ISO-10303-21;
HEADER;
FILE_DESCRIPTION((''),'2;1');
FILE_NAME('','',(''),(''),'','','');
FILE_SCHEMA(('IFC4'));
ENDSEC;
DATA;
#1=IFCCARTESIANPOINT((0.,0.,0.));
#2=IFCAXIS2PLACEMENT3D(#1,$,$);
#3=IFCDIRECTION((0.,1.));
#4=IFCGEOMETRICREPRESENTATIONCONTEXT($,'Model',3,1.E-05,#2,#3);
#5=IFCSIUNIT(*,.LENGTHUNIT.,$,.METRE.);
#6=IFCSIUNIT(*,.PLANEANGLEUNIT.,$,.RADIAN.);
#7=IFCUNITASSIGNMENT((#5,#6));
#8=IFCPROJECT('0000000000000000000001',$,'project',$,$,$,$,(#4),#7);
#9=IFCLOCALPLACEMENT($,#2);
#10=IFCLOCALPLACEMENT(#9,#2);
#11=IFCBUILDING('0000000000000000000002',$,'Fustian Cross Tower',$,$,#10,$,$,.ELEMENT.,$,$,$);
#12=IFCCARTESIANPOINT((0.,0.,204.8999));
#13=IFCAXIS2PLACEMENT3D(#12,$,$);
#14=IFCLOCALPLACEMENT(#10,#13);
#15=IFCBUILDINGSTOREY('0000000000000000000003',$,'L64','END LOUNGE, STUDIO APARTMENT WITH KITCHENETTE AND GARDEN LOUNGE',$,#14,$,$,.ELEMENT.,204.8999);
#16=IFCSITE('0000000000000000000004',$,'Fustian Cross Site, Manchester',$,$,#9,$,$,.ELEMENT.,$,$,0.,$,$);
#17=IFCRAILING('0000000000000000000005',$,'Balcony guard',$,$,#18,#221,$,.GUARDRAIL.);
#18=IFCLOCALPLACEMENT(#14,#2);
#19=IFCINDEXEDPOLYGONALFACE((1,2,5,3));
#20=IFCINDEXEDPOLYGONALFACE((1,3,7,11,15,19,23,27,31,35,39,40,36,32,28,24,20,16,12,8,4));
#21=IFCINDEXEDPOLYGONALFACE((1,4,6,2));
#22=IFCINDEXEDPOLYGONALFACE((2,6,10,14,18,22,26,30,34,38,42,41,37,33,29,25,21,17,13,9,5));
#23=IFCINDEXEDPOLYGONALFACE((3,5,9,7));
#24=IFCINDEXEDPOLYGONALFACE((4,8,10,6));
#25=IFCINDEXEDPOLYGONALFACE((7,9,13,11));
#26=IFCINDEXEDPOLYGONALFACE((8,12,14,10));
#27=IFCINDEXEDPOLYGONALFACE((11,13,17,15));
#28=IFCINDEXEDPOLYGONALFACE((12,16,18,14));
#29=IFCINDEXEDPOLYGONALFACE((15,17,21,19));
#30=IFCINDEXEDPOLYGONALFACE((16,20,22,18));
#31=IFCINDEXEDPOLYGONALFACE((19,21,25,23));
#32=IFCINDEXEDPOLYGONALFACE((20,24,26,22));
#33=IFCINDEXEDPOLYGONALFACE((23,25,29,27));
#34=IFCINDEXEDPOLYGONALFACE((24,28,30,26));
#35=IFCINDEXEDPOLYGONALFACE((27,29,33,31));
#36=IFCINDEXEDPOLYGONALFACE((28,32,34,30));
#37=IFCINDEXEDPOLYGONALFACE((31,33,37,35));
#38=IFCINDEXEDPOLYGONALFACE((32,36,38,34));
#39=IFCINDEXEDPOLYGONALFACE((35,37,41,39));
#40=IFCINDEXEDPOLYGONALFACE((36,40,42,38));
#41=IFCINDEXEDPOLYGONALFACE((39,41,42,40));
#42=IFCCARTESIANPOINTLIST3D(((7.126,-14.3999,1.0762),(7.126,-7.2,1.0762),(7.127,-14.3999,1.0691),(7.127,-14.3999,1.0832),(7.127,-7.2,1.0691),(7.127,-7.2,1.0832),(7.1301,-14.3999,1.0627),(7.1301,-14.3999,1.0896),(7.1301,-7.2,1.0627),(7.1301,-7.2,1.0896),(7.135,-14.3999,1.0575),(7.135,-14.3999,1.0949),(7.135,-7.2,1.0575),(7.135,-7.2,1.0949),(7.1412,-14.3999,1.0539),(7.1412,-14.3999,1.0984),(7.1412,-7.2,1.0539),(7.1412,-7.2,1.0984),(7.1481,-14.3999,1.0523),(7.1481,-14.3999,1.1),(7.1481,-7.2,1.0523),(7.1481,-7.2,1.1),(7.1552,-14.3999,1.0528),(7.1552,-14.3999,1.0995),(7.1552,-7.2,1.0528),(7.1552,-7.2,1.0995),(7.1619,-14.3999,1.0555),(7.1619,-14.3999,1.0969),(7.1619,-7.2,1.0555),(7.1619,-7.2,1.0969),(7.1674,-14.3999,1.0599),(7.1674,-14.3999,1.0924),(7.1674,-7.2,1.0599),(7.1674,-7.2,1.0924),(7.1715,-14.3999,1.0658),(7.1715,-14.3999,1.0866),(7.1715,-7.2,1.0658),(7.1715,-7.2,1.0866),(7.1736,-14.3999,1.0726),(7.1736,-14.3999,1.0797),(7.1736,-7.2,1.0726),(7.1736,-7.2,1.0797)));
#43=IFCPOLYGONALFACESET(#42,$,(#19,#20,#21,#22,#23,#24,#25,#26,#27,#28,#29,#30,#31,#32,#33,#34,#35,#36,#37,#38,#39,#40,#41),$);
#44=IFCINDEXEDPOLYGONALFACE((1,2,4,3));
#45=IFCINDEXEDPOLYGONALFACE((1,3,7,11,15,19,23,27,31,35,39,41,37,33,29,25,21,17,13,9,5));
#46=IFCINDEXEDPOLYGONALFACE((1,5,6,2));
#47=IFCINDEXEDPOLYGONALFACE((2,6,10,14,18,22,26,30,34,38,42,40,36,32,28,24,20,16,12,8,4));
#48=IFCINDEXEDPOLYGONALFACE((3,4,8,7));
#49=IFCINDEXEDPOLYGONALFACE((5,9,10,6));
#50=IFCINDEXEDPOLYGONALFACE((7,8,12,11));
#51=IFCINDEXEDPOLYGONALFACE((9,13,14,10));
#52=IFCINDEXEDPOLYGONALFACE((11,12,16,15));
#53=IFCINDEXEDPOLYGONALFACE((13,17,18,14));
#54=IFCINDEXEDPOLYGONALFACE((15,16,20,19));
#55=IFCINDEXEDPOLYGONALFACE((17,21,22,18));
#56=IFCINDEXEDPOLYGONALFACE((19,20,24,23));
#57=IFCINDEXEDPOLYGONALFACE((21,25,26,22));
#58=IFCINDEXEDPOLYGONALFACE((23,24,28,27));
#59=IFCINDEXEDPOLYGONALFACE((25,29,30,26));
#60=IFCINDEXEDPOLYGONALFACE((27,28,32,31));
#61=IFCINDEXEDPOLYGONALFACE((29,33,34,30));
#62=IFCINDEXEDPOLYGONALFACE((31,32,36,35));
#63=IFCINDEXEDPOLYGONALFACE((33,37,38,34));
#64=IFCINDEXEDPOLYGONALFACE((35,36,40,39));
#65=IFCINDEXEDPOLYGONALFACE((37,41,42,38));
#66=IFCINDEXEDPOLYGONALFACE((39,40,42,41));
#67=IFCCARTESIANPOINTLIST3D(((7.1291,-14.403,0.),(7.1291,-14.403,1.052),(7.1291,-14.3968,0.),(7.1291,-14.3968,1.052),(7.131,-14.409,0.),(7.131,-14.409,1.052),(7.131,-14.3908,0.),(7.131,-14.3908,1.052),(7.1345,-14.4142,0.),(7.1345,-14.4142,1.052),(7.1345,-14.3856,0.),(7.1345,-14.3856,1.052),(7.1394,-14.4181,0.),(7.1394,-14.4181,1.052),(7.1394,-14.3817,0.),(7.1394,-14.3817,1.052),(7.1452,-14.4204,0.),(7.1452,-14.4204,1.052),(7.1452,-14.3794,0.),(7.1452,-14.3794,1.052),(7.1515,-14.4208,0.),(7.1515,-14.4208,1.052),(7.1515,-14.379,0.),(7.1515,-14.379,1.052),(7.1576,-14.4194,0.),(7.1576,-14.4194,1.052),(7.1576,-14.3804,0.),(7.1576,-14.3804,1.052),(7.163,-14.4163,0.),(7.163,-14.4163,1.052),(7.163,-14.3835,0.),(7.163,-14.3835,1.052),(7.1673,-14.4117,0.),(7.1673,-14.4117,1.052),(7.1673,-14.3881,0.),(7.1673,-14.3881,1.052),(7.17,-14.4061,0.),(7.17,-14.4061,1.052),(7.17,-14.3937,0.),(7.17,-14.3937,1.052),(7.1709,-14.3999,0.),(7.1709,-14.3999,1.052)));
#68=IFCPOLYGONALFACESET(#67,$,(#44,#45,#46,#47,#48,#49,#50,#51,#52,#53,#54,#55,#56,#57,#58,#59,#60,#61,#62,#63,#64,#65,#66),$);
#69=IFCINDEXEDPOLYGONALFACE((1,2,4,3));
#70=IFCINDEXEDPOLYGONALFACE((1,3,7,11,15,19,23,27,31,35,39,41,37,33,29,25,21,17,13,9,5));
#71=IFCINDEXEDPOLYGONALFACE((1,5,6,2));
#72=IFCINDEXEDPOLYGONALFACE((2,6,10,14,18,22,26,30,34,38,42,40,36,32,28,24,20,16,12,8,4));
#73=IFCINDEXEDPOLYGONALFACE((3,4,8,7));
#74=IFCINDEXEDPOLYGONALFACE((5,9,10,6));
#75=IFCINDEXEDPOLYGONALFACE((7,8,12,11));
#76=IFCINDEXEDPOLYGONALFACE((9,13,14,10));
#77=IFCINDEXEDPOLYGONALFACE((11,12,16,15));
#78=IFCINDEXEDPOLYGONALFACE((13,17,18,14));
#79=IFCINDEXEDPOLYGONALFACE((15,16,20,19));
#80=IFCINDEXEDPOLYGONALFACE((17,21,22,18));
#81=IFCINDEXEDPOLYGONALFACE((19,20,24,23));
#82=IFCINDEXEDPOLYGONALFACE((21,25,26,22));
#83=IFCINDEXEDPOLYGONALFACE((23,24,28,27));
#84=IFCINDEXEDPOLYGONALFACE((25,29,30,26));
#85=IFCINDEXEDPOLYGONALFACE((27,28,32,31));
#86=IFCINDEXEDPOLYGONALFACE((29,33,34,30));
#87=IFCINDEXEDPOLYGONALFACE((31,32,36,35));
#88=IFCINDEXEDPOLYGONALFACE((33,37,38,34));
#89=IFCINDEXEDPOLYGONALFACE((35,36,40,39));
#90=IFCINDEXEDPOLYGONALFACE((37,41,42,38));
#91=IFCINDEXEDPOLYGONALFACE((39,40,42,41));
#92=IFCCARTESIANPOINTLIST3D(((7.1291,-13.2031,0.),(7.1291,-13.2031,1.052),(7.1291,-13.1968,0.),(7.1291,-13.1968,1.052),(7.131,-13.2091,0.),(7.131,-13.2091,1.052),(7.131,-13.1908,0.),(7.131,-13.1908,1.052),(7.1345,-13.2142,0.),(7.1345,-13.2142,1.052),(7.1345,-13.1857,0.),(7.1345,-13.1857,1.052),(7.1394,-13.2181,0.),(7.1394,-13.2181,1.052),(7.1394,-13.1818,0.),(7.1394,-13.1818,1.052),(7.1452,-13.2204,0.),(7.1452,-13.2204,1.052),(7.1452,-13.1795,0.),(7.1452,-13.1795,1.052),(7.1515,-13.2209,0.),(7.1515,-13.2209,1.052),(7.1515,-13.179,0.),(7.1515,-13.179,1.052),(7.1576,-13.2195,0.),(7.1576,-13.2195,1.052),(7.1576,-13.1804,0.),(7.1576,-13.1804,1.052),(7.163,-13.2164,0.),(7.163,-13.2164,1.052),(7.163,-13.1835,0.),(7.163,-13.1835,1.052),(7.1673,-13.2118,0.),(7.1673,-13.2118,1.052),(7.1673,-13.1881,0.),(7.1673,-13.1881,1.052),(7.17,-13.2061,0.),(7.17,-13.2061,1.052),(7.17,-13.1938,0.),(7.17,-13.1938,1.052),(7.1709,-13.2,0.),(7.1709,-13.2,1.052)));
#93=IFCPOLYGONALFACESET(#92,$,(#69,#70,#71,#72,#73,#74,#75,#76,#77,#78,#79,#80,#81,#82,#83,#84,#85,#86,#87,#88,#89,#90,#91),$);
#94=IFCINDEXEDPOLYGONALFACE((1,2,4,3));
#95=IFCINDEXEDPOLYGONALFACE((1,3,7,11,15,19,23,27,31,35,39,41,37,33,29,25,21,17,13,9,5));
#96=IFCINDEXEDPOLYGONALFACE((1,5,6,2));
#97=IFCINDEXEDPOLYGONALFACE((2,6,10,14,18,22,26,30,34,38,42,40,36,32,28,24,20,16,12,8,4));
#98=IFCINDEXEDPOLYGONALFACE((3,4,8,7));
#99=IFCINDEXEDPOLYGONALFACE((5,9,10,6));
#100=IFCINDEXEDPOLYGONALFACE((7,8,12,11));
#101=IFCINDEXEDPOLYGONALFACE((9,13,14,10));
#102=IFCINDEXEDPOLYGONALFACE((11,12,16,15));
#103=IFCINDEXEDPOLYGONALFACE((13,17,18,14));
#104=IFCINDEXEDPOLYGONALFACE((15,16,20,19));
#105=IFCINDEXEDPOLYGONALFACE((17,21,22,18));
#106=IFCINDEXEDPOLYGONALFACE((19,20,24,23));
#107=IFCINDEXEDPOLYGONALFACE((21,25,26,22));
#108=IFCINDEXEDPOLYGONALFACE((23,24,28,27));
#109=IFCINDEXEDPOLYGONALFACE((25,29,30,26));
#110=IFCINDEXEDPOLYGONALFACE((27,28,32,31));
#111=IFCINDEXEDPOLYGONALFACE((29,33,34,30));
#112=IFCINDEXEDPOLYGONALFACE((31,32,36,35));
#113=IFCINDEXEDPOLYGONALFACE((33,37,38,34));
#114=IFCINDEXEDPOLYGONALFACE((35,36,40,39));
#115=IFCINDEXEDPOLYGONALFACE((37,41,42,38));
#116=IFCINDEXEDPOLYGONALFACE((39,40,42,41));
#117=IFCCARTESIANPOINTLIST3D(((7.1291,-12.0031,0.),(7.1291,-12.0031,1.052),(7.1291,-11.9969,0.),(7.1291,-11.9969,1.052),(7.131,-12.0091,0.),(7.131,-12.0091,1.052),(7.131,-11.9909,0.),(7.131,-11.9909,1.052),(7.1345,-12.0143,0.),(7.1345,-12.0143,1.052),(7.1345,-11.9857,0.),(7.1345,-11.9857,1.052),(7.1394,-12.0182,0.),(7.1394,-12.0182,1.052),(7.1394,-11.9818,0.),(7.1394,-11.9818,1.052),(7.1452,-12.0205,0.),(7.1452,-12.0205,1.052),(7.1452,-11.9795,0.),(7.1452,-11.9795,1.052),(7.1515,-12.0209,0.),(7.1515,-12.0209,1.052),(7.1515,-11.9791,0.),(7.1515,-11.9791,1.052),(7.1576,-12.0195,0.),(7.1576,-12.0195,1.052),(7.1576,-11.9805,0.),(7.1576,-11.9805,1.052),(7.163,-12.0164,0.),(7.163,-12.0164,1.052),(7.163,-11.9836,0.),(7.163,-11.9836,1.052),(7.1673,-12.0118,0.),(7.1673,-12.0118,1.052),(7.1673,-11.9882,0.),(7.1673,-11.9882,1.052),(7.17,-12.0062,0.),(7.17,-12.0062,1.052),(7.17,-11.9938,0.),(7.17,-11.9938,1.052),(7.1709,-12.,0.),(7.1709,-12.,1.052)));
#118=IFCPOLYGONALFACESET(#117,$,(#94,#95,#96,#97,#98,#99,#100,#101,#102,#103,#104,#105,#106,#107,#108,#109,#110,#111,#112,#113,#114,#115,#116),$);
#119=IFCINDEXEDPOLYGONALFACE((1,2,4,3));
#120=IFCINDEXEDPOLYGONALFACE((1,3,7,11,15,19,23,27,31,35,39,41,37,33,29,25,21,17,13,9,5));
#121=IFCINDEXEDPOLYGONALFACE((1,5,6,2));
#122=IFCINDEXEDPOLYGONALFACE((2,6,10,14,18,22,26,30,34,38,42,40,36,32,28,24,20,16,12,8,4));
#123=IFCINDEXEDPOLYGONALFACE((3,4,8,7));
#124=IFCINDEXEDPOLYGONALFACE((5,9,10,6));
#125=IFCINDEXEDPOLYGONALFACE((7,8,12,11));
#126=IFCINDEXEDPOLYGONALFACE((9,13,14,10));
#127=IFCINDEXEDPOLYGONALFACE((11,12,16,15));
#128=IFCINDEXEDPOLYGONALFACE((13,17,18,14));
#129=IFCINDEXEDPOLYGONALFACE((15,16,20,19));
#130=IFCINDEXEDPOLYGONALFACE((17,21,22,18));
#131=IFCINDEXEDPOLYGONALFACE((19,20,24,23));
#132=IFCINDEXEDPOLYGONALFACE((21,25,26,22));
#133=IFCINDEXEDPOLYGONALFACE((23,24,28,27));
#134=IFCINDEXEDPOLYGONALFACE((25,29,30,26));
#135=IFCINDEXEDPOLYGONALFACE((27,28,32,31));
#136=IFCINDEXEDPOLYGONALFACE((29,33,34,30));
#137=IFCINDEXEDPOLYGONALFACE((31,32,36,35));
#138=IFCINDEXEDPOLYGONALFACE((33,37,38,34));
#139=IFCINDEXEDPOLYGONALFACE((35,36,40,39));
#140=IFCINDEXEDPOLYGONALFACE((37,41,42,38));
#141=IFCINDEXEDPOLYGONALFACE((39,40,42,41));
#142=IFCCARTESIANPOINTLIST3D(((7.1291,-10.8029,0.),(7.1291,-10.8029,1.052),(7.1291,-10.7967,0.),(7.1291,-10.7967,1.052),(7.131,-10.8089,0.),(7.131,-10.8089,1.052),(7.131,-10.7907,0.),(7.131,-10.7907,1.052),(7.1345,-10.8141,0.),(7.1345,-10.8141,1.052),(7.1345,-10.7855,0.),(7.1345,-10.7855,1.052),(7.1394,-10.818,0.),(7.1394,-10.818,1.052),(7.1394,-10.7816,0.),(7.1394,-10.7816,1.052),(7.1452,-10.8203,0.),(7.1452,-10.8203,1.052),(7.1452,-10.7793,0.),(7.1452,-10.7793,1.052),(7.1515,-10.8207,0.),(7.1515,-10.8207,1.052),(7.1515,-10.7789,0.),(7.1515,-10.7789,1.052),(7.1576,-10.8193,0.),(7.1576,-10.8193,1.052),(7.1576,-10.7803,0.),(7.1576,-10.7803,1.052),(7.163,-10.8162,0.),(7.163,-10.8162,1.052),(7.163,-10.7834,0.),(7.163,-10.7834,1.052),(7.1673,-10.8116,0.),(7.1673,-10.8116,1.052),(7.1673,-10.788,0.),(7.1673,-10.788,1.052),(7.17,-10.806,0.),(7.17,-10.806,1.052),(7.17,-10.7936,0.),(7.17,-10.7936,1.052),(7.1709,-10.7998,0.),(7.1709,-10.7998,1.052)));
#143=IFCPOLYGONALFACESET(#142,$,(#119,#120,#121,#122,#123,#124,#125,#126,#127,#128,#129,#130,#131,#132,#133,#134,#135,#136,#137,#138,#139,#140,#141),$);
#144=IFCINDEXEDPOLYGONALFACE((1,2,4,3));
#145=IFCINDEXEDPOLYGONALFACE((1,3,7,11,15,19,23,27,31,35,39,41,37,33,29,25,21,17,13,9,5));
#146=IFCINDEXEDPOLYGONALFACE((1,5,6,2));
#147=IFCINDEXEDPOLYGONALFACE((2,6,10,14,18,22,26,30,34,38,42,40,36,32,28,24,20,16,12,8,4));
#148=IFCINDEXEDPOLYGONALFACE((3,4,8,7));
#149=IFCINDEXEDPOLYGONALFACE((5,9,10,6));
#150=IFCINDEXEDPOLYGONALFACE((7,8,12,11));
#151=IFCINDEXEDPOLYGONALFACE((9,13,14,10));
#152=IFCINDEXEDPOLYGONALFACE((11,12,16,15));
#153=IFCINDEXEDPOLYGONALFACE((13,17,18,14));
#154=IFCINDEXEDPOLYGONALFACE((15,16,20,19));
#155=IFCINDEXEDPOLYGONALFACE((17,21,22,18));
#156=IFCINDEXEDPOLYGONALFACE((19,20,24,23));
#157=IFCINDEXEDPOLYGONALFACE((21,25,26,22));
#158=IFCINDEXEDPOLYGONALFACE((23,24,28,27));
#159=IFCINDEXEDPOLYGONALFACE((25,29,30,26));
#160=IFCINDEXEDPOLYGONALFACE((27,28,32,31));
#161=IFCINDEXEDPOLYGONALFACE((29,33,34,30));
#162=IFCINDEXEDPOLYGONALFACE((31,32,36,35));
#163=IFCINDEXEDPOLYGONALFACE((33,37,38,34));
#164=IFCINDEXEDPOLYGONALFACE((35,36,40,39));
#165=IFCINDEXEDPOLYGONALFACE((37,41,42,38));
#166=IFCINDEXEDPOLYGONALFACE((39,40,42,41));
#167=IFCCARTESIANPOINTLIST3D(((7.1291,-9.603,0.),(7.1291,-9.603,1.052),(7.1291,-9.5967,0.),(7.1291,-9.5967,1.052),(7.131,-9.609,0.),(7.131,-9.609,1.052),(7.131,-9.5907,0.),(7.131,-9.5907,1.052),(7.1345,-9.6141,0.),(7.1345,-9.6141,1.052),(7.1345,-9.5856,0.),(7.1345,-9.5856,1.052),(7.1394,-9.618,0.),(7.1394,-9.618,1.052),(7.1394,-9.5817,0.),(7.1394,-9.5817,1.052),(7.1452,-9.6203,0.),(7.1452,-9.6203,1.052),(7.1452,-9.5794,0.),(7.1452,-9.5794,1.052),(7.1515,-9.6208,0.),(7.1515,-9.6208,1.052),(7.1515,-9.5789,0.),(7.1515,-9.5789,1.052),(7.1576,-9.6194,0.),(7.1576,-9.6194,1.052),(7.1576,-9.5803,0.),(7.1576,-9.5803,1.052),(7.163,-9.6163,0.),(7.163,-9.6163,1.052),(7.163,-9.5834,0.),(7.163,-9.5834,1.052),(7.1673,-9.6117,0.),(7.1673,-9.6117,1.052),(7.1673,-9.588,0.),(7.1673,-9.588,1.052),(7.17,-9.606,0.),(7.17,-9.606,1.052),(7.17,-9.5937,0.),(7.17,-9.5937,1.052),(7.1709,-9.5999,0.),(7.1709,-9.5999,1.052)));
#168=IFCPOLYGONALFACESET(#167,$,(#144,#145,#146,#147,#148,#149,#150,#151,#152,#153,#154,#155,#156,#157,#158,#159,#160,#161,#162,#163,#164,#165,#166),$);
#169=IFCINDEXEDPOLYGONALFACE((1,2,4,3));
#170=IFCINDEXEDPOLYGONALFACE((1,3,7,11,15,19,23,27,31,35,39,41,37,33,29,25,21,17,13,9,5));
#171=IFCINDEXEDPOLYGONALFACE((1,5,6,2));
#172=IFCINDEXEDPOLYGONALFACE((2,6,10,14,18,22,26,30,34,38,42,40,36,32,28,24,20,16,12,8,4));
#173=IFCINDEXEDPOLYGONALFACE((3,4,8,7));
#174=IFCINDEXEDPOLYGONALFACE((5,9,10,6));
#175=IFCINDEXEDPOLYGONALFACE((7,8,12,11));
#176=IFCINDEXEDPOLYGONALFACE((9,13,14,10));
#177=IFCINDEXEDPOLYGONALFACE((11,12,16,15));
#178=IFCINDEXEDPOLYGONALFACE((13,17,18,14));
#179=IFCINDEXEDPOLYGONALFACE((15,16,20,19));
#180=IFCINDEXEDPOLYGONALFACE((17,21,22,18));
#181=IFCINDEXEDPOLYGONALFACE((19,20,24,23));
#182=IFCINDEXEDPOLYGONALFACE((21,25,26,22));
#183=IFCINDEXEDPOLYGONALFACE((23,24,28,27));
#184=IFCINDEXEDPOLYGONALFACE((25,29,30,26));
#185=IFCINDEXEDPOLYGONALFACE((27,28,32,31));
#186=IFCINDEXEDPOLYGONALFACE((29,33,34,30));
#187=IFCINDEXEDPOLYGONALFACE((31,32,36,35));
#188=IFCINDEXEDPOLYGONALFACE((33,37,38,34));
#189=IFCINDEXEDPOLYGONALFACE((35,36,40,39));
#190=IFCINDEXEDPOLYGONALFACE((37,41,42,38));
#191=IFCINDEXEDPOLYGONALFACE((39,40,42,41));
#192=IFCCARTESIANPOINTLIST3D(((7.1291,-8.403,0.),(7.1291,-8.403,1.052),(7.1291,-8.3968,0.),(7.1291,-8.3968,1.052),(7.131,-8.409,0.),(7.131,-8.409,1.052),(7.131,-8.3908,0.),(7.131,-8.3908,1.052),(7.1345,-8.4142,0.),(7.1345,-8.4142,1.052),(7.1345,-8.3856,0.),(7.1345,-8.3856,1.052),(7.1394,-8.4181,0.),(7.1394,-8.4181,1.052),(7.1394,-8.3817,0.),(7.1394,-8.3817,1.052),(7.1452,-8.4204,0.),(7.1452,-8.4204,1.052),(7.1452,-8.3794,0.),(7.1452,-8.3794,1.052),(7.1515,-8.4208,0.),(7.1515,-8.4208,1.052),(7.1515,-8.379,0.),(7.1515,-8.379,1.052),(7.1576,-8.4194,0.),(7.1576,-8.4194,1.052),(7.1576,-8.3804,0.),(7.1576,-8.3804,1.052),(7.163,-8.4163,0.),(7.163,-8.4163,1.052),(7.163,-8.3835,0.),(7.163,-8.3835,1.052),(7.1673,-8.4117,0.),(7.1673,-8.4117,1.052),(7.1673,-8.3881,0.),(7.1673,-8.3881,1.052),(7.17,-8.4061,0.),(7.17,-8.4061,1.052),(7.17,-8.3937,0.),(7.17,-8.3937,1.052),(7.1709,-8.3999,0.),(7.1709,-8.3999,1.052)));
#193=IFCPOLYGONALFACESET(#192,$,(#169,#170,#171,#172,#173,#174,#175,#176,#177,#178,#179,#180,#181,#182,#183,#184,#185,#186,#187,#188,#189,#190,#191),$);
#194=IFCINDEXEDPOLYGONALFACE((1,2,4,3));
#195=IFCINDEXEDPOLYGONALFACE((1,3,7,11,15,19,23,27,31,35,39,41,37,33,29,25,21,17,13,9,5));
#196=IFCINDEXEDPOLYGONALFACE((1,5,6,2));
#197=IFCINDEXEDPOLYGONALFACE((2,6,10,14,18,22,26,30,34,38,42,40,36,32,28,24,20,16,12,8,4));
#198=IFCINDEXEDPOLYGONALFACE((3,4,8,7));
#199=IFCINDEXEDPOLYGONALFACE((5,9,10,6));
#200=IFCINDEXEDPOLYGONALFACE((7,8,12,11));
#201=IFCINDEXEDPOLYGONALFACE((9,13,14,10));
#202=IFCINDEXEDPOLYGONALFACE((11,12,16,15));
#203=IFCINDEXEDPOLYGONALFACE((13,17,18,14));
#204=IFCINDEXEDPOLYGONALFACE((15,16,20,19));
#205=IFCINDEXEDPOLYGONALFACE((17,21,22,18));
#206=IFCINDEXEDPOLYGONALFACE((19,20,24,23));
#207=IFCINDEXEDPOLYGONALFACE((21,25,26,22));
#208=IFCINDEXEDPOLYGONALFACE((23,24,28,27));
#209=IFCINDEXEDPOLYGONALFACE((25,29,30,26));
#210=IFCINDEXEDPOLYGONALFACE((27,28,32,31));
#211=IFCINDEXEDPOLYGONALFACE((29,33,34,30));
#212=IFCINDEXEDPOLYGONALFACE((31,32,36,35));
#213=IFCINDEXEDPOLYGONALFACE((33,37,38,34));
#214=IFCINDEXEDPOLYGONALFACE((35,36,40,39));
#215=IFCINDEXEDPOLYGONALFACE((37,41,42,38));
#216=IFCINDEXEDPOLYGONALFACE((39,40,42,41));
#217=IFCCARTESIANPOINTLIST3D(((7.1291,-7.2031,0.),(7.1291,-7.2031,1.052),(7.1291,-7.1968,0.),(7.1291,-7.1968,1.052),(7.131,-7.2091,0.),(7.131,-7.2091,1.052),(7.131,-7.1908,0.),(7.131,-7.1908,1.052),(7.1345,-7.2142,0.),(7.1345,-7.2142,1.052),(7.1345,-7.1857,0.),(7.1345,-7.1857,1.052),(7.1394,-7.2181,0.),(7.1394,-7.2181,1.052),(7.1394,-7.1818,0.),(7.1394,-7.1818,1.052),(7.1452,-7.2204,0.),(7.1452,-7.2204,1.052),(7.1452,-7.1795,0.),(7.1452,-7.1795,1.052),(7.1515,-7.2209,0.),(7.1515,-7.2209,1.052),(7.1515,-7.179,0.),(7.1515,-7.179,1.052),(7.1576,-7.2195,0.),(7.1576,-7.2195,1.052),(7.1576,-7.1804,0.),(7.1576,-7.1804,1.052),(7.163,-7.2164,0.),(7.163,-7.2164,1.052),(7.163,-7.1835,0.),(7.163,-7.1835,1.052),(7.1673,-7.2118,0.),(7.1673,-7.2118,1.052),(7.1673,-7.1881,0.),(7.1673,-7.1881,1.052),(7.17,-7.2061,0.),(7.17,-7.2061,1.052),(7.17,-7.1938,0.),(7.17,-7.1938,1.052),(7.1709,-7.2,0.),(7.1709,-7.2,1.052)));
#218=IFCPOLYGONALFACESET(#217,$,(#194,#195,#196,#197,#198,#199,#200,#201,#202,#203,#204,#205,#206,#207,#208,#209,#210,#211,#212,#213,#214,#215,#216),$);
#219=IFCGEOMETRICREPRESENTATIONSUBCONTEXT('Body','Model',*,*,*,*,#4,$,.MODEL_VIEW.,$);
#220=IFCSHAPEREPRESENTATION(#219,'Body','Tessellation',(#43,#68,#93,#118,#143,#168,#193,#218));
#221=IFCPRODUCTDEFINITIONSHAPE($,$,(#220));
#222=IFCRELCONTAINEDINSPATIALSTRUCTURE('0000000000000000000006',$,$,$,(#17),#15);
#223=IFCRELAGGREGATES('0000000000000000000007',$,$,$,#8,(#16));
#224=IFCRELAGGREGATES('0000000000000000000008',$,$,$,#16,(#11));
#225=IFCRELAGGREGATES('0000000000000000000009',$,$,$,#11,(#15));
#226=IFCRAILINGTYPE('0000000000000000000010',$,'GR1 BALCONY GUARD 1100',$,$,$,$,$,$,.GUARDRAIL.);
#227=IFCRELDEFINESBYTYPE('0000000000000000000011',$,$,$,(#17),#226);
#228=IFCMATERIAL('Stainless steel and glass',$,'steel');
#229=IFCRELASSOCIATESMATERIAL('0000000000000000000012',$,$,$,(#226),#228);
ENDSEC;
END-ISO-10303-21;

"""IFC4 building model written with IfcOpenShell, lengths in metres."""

from ifc_helpers import new_model, si_unit, direction, frame, origin, origin_2d, place, context, subcontext, project, spatial, circle, extrude, material, type_object, element, save


model = new_model("IFC4")

# Units and contexts
model_context = context("Model", 3, precision=1e-05, world=origin(), true_north=direction((0.0, 1.0)))
body_context = subcontext(model_context, "Body", "Model", "MODEL_VIEW")
ifc_project = project(units=[si_unit("LENGTHUNIT", "METRE"), si_unit("PLANEANGLEUNIT", "RADIAN")], contexts=[model_context])

# Site, building, storey
site_placement = place(None, origin())
site = spatial("IfcSite", under=ifc_project, at=site_placement, Name="Fustian Cross Site, Manchester", CompositionType="ELEMENT", RefElevation=0.0)
building_placement = place(site_placement, origin())
building = spatial("IfcBuilding", under=site, at=building_placement, Name="Fustian Cross Tower", CompositionType="ELEMENT")
storey_placement = place(building_placement, frame((0.0, 0.0, 204.8999)))
storey = spatial("IfcBuildingStorey", under=building, at=storey_placement, Name="L64", Description="END LOUNGE, STUDIO APARTMENT WITH KITCHENETTE AND GARDEN LOUNGE", CompositionType="ELEMENT", Elevation=204.8999)

# Railing
ifc_material_1 = material(Name="Stainless steel and glass", Category="steel")
railing_type_1 = type_object("IfcRailingType", Name="GR1 BALCONY GUARD 1100", PredefinedType="GUARDRAIL", material=ifc_material_1)
railing_1_placement = place(storey_placement, frame((7.1499, -14.3999, 0.0)))
element("IfcRailing", 1, at=railing_1_placement, inside=storey, type_object=railing_type_1, Name="Balcony guard", PredefinedType="GUARDRAIL", context=body_context, shape_type="SweptSolid", body=[
    extrude(circle(Radius=0.0239, at=origin_2d()), frame((0.0, 0.0, 1.0762), z_axis=(0.0, 1.0, 0.0), x_axis=(-1.0, 0.0, 0.0)), (0.0, 0.0, 1.0), 7.2),
    extrude(circle(Radius=0.021, at=origin_2d()), origin(), (0.0, 0.0, 1.0), 1.052),
    extrude(circle(Radius=0.021, at=origin_2d()), frame((0.0, 1.2, 0.0)), (0.0, 0.0, 1.0), 1.052),
    extrude(circle(Radius=0.021, at=origin_2d()), frame((0.0, 2.3999, 0.0)), (0.0, 0.0, 1.0), 1.052),
    extrude(circle(Radius=0.021, at=origin_2d()), frame((0.0, 3.6001, 0.0)), (0.0, 0.0, 1.0), 1.052),
    extrude(circle(Radius=0.021, at=origin_2d()), frame((0.0, 4.8, 0.0)), (0.0, 0.0, 1.0), 1.052),
    extrude(circle(Radius=0.021, at=origin_2d()), frame((0.0, 6.0, 0.0)), (0.0, 0.0, 1.0), 1.052),
    extrude(circle(Radius=0.021, at=origin_2d()), frame((0.0, 7.2, 0.0)), (0.0, 0.0, 1.0), 1.052),
])

save(model, "model.ifc")
